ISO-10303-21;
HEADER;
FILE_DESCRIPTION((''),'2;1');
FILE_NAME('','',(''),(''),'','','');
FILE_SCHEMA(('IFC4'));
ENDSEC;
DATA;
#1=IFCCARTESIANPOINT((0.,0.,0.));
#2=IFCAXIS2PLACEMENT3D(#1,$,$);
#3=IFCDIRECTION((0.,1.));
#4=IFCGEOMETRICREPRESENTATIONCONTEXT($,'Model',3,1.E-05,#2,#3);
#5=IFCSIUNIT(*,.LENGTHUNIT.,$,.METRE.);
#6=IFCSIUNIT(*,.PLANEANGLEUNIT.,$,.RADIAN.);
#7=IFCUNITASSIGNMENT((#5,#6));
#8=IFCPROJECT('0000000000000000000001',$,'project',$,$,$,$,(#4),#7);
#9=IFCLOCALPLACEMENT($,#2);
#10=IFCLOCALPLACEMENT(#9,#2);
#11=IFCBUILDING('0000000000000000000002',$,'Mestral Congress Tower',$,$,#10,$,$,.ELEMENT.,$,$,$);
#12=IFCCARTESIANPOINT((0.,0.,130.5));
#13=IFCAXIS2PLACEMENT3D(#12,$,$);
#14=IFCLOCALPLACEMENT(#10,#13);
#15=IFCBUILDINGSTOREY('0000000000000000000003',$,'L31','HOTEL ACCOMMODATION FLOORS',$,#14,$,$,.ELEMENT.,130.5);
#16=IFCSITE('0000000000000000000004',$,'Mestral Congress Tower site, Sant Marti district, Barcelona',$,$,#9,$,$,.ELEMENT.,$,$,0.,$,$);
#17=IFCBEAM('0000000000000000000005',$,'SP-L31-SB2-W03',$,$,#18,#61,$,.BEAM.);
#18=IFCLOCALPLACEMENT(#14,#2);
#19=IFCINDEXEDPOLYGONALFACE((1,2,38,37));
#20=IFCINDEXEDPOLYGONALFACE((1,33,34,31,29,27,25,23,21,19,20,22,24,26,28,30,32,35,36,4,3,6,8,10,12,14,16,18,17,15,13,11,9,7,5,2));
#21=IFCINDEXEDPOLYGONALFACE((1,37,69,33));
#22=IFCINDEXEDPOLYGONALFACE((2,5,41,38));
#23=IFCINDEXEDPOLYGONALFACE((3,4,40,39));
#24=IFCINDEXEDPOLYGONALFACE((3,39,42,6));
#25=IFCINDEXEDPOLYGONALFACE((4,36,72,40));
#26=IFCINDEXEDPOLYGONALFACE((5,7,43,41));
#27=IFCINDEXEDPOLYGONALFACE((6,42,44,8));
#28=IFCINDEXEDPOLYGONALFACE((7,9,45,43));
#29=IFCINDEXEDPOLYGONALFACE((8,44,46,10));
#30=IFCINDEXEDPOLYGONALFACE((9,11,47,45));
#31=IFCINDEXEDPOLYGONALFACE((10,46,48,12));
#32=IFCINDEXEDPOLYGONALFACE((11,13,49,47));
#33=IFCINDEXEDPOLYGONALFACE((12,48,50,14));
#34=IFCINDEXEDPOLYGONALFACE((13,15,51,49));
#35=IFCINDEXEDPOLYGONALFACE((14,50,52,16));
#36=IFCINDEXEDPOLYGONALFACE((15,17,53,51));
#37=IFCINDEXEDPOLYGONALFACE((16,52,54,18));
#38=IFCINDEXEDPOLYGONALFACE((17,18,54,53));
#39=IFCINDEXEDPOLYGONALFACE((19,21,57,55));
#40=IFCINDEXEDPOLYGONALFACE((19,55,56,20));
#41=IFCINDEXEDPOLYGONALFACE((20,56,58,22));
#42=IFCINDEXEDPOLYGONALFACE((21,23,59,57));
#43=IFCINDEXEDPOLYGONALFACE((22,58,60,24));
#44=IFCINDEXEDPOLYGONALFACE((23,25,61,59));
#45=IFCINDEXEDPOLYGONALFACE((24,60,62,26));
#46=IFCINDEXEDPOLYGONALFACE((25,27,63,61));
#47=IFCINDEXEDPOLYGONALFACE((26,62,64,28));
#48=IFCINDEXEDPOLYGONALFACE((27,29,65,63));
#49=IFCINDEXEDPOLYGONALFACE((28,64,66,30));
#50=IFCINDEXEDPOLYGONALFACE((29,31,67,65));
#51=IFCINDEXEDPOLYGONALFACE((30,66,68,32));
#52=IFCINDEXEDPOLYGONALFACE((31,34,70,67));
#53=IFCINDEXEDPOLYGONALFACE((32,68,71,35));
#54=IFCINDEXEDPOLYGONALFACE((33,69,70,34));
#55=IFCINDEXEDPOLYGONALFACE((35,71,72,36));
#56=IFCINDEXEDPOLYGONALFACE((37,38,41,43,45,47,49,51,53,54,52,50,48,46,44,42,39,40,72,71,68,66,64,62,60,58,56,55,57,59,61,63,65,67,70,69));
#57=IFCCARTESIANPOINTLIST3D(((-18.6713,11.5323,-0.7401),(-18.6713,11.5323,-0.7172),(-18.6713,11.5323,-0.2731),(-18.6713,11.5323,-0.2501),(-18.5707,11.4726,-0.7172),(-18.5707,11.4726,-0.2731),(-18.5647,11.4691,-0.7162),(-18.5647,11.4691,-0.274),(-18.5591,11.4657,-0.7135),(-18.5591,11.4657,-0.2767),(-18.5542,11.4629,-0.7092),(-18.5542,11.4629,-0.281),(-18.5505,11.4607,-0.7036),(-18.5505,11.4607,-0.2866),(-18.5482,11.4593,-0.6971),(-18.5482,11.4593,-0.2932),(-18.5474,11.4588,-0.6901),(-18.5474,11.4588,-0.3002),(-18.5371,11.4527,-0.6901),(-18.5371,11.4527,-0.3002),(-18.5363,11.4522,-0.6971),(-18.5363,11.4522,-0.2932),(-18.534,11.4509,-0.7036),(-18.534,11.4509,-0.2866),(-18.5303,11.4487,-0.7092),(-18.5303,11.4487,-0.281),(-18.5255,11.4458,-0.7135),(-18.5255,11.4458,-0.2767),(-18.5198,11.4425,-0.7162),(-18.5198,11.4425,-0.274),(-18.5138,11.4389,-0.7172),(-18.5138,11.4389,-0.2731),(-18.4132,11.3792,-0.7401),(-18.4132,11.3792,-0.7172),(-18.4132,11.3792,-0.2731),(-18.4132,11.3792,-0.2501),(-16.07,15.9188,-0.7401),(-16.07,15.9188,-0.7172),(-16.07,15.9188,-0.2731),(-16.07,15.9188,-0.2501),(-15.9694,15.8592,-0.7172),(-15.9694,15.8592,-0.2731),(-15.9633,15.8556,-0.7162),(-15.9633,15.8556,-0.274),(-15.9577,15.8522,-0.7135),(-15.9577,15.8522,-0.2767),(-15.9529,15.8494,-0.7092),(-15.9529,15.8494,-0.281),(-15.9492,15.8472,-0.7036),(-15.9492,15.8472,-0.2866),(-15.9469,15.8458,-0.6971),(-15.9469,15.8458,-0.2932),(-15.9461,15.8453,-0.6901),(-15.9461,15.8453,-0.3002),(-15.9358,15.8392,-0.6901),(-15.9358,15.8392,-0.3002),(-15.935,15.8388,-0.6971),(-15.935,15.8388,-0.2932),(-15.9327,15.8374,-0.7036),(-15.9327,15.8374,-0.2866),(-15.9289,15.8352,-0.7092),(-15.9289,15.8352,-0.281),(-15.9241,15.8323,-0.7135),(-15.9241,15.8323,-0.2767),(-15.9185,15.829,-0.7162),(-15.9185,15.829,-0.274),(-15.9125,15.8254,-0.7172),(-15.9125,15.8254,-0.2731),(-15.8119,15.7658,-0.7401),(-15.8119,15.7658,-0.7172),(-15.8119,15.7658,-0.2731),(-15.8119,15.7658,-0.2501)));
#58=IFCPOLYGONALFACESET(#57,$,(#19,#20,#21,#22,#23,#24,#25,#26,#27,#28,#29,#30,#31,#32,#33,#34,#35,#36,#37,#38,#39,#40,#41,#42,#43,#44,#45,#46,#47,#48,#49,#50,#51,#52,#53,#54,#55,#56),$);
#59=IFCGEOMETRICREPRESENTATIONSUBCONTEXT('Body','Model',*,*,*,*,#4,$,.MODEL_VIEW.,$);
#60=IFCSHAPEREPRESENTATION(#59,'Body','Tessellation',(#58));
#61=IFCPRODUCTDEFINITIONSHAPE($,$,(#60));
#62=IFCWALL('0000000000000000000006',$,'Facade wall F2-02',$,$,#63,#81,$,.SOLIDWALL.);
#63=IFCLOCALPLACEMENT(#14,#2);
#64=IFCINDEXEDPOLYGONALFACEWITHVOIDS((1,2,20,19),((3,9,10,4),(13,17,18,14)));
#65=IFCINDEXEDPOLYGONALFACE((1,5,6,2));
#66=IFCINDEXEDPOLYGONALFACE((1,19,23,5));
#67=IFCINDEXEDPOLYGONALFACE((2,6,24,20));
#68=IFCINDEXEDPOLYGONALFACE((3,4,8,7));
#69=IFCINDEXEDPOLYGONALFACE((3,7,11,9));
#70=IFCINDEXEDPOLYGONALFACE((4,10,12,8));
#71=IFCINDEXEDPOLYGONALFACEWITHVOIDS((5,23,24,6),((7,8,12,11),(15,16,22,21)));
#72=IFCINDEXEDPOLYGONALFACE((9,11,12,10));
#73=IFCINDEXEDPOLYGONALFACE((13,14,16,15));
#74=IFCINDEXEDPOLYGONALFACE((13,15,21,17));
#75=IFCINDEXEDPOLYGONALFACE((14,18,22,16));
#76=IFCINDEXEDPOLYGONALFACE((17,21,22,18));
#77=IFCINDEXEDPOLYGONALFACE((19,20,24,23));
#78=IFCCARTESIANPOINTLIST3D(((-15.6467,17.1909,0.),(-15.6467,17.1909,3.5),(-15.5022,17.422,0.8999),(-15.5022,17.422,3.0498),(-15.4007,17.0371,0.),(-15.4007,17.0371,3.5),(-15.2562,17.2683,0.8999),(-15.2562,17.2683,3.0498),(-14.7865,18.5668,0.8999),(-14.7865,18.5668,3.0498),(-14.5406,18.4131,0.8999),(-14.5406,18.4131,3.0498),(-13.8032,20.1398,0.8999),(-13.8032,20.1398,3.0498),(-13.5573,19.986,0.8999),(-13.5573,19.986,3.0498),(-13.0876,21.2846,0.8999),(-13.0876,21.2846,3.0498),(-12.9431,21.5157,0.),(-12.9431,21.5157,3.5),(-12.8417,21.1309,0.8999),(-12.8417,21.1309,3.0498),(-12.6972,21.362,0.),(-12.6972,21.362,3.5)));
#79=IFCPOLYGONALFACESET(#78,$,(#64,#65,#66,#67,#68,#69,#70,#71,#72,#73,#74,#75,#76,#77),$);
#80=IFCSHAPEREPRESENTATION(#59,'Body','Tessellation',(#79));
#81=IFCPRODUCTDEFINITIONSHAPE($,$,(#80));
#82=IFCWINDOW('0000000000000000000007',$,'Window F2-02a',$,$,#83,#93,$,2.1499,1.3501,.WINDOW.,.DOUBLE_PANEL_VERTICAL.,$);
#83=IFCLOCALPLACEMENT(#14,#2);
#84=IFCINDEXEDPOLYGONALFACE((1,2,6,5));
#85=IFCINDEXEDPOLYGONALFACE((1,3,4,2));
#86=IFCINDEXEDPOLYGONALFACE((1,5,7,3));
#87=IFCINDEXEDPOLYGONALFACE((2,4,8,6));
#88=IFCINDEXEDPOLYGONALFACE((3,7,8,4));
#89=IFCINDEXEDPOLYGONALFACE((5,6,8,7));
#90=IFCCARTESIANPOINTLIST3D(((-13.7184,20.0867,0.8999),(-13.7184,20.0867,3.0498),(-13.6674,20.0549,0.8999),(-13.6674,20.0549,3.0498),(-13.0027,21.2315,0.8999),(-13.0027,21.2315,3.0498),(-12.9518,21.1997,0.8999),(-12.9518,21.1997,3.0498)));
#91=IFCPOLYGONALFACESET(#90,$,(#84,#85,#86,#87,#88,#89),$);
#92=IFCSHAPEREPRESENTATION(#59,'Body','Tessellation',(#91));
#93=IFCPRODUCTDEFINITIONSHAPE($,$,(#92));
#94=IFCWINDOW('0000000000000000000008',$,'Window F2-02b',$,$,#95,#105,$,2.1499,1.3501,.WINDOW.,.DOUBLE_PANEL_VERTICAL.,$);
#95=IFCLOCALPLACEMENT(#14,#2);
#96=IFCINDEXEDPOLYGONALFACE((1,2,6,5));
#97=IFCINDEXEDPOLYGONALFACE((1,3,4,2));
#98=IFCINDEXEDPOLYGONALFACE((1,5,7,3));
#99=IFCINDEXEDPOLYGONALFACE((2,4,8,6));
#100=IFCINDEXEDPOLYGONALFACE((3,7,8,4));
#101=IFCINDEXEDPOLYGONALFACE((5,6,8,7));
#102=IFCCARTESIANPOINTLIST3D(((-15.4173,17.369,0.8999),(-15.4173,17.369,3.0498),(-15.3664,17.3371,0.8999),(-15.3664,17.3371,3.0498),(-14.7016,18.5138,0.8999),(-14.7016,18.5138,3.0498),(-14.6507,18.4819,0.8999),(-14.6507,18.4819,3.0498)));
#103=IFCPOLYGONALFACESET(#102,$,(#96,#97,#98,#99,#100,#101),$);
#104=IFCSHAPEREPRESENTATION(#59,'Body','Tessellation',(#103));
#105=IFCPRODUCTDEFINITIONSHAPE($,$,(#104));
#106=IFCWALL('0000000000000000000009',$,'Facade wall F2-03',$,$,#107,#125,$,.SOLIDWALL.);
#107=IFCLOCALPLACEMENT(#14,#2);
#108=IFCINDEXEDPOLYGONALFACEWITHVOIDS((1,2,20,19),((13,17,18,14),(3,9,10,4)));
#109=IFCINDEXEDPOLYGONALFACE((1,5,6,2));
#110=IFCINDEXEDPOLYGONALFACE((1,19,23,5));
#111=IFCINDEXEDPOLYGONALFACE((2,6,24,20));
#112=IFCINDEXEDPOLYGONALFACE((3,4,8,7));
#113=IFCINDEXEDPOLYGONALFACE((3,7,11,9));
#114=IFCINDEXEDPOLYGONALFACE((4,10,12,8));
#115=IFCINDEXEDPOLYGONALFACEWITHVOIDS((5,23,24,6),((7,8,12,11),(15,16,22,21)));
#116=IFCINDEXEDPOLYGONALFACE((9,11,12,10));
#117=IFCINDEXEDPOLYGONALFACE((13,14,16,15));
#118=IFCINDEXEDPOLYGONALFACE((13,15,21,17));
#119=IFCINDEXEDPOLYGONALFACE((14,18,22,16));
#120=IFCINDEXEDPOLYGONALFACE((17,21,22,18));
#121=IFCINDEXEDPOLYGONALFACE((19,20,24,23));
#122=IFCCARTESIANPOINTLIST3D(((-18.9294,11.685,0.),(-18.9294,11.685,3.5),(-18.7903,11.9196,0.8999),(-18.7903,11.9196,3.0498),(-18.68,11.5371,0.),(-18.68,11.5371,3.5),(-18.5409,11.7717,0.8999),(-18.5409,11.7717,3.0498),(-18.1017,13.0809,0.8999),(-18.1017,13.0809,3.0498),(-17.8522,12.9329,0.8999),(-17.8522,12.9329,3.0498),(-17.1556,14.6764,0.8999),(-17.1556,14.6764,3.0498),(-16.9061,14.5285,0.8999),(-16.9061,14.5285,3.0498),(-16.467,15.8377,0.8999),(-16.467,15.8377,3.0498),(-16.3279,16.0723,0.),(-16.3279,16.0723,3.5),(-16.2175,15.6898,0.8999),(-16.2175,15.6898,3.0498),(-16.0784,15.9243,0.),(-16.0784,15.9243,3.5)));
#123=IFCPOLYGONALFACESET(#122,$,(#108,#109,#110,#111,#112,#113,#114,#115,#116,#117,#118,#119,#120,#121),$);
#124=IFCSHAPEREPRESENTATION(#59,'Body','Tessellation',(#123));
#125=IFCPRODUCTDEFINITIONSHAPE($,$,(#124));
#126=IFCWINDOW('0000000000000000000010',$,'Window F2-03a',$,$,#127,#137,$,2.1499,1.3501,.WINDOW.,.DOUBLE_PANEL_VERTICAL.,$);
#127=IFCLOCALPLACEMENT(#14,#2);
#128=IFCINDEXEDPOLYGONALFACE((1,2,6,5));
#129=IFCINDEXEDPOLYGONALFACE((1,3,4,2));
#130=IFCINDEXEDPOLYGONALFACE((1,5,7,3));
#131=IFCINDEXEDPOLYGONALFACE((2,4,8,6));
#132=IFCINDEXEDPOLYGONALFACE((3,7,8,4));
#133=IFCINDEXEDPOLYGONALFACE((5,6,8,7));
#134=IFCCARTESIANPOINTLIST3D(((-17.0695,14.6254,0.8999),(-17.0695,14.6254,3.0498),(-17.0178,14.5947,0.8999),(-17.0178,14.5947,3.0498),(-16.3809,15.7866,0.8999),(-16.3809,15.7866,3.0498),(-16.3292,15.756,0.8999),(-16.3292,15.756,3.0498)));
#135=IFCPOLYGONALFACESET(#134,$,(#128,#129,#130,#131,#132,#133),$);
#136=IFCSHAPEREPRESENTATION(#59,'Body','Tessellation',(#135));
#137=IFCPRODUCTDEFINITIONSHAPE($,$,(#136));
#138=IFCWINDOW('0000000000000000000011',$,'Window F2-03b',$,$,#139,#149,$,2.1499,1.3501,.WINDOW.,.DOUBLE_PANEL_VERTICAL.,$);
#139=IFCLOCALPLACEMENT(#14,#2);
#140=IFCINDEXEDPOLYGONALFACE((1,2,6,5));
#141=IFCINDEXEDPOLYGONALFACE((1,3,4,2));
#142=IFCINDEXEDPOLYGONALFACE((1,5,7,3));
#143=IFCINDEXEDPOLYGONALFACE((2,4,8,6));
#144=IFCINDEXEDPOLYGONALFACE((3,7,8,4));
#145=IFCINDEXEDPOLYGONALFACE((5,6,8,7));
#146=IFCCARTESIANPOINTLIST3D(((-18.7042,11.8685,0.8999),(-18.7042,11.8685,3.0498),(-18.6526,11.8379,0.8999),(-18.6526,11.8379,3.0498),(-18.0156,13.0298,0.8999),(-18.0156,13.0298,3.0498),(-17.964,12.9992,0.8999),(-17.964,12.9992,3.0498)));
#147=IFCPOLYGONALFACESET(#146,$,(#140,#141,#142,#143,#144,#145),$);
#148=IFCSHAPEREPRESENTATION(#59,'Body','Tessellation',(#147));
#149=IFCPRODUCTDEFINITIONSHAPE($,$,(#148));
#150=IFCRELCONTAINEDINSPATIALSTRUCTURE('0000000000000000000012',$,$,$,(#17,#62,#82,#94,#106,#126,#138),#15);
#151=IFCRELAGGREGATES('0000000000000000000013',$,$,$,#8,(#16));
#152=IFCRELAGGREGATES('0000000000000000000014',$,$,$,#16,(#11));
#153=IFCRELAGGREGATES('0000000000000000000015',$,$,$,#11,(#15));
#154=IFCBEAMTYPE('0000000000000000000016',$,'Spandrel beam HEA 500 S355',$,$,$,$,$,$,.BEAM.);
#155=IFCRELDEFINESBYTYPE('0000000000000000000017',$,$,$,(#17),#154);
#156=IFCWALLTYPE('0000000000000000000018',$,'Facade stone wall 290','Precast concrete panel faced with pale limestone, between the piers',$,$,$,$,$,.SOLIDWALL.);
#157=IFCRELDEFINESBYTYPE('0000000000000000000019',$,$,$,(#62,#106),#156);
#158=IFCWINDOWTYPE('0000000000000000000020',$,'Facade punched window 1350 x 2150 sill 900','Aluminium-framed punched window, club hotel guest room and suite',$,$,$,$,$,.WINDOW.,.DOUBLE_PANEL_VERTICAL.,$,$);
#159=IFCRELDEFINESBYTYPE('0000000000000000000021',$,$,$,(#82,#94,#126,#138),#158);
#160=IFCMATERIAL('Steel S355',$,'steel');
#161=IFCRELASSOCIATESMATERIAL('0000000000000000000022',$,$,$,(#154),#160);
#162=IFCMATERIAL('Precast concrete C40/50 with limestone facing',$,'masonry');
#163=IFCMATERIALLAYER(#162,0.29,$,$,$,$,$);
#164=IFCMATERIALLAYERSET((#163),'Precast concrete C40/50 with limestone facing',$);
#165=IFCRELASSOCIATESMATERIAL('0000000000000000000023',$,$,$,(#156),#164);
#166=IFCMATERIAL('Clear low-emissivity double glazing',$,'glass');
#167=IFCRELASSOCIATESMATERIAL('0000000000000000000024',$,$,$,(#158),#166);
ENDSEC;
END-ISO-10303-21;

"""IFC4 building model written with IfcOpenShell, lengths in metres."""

from ifc_helpers import new_model, si_unit, direction, frame, frame_2d, origin, origin_2d, place, context, subcontext, project, spatial, rectangle, i_section, extrude, material, layer, layer_set, material_profile, profile_set, type_object, element, fill, save


model = new_model("IFC4")

# Units and contexts
model_context = context("Model", 3, precision=1e-05, world=origin(), true_north=direction((0.0, 1.0)))
body_context = subcontext(model_context, "Body", "Model", "MODEL_VIEW")
ifc_project = project(units=[si_unit("LENGTHUNIT", "METRE"), si_unit("PLANEANGLEUNIT", "RADIAN")], contexts=[model_context])

# Site, building, storey
site_placement = place(None, origin())
site = spatial("IfcSite", under=ifc_project, at=site_placement, Name="Mestral Congress Tower site, Sant Marti district, Barcelona", CompositionType="ELEMENT", RefElevation=0.0)
building_placement = place(site_placement, origin())
building = spatial("IfcBuilding", under=site, at=building_placement, Name="Mestral Congress Tower", CompositionType="ELEMENT")
storey_placement = place(building_placement, frame((0.0, 0.0, 130.5)))
storey = spatial("IfcBuildingStorey", under=building, at=storey_placement, Name="L31", Description="HOTEL ACCOMMODATION FLOORS", CompositionType="ELEMENT", Elevation=130.5)

# Beam
ifc_material_1 = material(Name="Steel S355", Category="steel")
ifc_material_profile_1 = material_profile(ifc_material_1, i_section(OverallWidth=0.3, OverallDepth=0.49, WebThickness=0.012, FlangeThickness=0.0229, FilletRadius=0.0271, at=origin_2d()), Name="HEA 500")
ifc_profile_set_1 = profile_set([ifc_material_profile_1], Name="Steel S355")
beam_type_1 = type_object("IfcBeamType", Name="Spandrel beam HEA 500 S355", PredefinedType="BEAM", material=ifc_profile_set_1)
for number, where, z_axis, x_axis, name in (
    (1, (-15.9409, 15.8423, -0.4951), (-0.510082, -0.860126, 0.0), (0.860126, -0.510082, 0.0), "SP-L31-SB2-W03"),
):
    element("IfcBeam", number, at=place(storey_placement, frame(where, z_axis=z_axis, x_axis=x_axis)), inside=storey, type_object=beam_type_1, Name=name, PredefinedType="BEAM", context=body_context, shape_type="SweptSolid", body=[
        extrude(i_section(OverallWidth=0.3, OverallDepth=0.49, WebThickness=0.012, FlangeThickness=0.0229, FilletRadius=0.0271, at=origin_2d()), origin(), (0.0, 0.0, 1.0), 5.0999),
    ])

# Walls, openings, windows
ifc_material_2 = material(Name="Precast concrete C40/50 with limestone facing", Category="masonry")
ifc_layer_1 = layer(ifc_material_2, 0.29)
ifc_layer_set_1 = layer_set([ifc_layer_1], Name="Precast concrete C40/50 with limestone facing")
wall_type_1 = type_object("IfcWallType", Name="Facade stone wall 290", Description="Precast concrete panel faced with pale limestone, between the piers", PredefinedType="SOLIDWALL", material=ifc_layer_set_1)
wall_1_placement = place(storey_placement, frame((-12.8201, 21.439, 0.0), z_axis=(0.0, 0.0, 1.0), x_axis=(-0.530072, -0.847953, 0.0)))
wall_1 = element("IfcWall", 2, at=wall_1_placement, inside=storey, type_object=wall_type_1, Name="Facade wall F2-02", PredefinedType="SOLIDWALL", context=body_context, shape_type="SweptSolid", body=[
    extrude(rectangle(XDim=5.1003, YDim=0.29, at=frame_2d((2.5503, 0.0))), origin(), (0.0, 0.0, 1.0), 3.5),
])
opening_1_placement = place(wall_1_placement, frame((0.2727, 0.0, 0.8999)))
opening_1 = element("IfcOpeningElement", 3, at=opening_1_placement, cuts=wall_1, PredefinedType="OPENING", context=body_context, shape_type="SweptSolid", body=[
    extrude(rectangle(XDim=1.3501, YDim=2.1499, at=frame_2d((0.675, 1.075))), frame((0.0, 0.155, 0.0), z_axis=(0.0, -1.0, 0.0), x_axis=(1.0, 0.0, 0.0)), (0.0, 0.0, 1.0), 0.3101),
])
opening_2_placement = place(wall_1_placement, frame((3.4778, 0.0, 0.8999)))
opening_2 = element("IfcOpeningElement", 4, at=opening_2_placement, cuts=wall_1, PredefinedType="OPENING", context=body_context, shape_type="SweptSolid", body=[
    extrude(rectangle(XDim=1.3501, YDim=2.1499, at=frame_2d((0.675, 1.075))), frame((0.0, 0.155, 0.0), z_axis=(0.0, -1.0, 0.0), x_axis=(1.0, 0.0, 0.0)), (0.0, 0.0, 1.0), 0.3101),
])
ifc_material_3 = material(Name="Clear low-emissivity double glazing", Category="glass")
window_type = type_object("IfcWindowType", Name="Facade punched window 1350 x 2150 sill 900", Description="Aluminium-framed punched window, club hotel guest room and suite", PartitioningType="DOUBLE_PANEL_VERTICAL", PredefinedType="WINDOW", material=ifc_material_3)
window_1_placement = place(opening_1_placement, origin())
window_1 = element("IfcWindow", 5, at=window_1_placement, inside=storey, type_object=window_type, Name="Window F2-02a", OverallHeight=2.1499, OverallWidth=1.3501, PartitioningType="DOUBLE_PANEL_VERTICAL", PredefinedType="WINDOW", context=body_context, shape_type="SweptSolid", body=[
    extrude(rectangle(XDim=1.3501, YDim=2.1499, at=frame_2d((0.675, 1.075))), frame((0.0, 0.0151, 0.0), z_axis=(0.0, -1.0, 0.0), x_axis=(1.0, 0.0, 0.0)), (0.0, 0.0, 1.0), 0.0601),
])
fill(opening_1, window_1)
window_2_placement = place(opening_2_placement, origin())
window_2 = element("IfcWindow", 6, at=window_2_placement, inside=storey, type_object=window_type, Name="Window F2-02b", OverallHeight=2.1499, OverallWidth=1.3501, PartitioningType="DOUBLE_PANEL_VERTICAL", PredefinedType="WINDOW", context=body_context, shape_type="SweptSolid", body=[
    extrude(rectangle(XDim=1.3501, YDim=2.1499, at=frame_2d((0.675, 1.075))), frame((0.0, 0.0151, 0.0), z_axis=(0.0, -1.0, 0.0), x_axis=(1.0, 0.0, 0.0)), (0.0, 0.0, 1.0), 0.0601),
])
fill(opening_2, window_2)
wall_2_placement = place(storey_placement, frame((-16.2031, 15.9983, 0.0), z_axis=(0.0, 0.0, 1.0), x_axis=(-0.510054, -0.860142, 0.0)))
wall_2 = element("IfcWall", 7, at=wall_2_placement, inside=storey, type_object=wall_type_1, Name="Facade wall F2-03", PredefinedType="SOLIDWALL", context=body_context, shape_type="SweptSolid", body=[
    extrude(rectangle(XDim=5.1006, YDim=0.29, at=frame_2d((2.5503, 0.0))), origin(), (0.0, 0.0, 1.0), 3.5),
])
opening_3_placement = place(wall_2_placement, frame((0.2727, 0.0, 0.8999)))
opening_3 = element("IfcOpeningElement", 8, at=opening_3_placement, cuts=wall_2, PredefinedType="OPENING", context=body_context, shape_type="SweptSolid", body=[
    extrude(rectangle(XDim=1.3501, YDim=2.1499, at=frame_2d((0.675, 1.075))), frame((0.0, 0.155, 0.0), z_axis=(0.0, -1.0, 0.0), x_axis=(1.0, 0.0, 0.0)), (0.0, 0.0, 1.0), 0.3101),
])
opening_4_placement = place(wall_2_placement, frame((3.4778, 0.0, 0.8999)))
opening_4 = element("IfcOpeningElement", 9, at=opening_4_placement, cuts=wall_2, PredefinedType="OPENING", context=body_context, shape_type="SweptSolid", body=[
    extrude(rectangle(XDim=1.3501, YDim=2.1499, at=frame_2d((0.675, 1.075))), frame((0.0, 0.155, 0.0), z_axis=(0.0, -1.0, 0.0), x_axis=(1.0, 0.0, 0.0)), (0.0, 0.0, 1.0), 0.3101),
])
window_3_placement = place(opening_3_placement, origin())
window_3 = element("IfcWindow", 10, at=window_3_placement, inside=storey, type_object=window_type, Name="Window F2-03a", OverallHeight=2.1499, OverallWidth=1.3501, PartitioningType="DOUBLE_PANEL_VERTICAL", PredefinedType="WINDOW", context=body_context, shape_type="SweptSolid", body=[
    extrude(rectangle(XDim=1.3501, YDim=2.1499, at=frame_2d((0.675, 1.075))), frame((0.0, 0.0151, 0.0), z_axis=(0.0, -1.0, 0.0), x_axis=(1.0, 0.0, 0.0)), (0.0, 0.0, 1.0), 0.0601),
])
fill(opening_3, window_3)
window_4_placement = place(opening_4_placement, origin())
window_4 = element("IfcWindow", 11, at=window_4_placement, inside=storey, type_object=window_type, Name="Window F2-03b", OverallHeight=2.1499, OverallWidth=1.3501, PartitioningType="DOUBLE_PANEL_VERTICAL", PredefinedType="WINDOW", context=body_context, shape_type="SweptSolid", body=[
    extrude(rectangle(XDim=1.3501, YDim=2.1499, at=frame_2d((0.675, 1.075))), frame((0.0, 0.0151, 0.0), z_axis=(0.0, -1.0, 0.0), x_axis=(1.0, 0.0, 0.0)), (0.0, 0.0, 1.0), 0.0601),
])
fill(opening_4, window_4)

save(model, "model.ifc")
